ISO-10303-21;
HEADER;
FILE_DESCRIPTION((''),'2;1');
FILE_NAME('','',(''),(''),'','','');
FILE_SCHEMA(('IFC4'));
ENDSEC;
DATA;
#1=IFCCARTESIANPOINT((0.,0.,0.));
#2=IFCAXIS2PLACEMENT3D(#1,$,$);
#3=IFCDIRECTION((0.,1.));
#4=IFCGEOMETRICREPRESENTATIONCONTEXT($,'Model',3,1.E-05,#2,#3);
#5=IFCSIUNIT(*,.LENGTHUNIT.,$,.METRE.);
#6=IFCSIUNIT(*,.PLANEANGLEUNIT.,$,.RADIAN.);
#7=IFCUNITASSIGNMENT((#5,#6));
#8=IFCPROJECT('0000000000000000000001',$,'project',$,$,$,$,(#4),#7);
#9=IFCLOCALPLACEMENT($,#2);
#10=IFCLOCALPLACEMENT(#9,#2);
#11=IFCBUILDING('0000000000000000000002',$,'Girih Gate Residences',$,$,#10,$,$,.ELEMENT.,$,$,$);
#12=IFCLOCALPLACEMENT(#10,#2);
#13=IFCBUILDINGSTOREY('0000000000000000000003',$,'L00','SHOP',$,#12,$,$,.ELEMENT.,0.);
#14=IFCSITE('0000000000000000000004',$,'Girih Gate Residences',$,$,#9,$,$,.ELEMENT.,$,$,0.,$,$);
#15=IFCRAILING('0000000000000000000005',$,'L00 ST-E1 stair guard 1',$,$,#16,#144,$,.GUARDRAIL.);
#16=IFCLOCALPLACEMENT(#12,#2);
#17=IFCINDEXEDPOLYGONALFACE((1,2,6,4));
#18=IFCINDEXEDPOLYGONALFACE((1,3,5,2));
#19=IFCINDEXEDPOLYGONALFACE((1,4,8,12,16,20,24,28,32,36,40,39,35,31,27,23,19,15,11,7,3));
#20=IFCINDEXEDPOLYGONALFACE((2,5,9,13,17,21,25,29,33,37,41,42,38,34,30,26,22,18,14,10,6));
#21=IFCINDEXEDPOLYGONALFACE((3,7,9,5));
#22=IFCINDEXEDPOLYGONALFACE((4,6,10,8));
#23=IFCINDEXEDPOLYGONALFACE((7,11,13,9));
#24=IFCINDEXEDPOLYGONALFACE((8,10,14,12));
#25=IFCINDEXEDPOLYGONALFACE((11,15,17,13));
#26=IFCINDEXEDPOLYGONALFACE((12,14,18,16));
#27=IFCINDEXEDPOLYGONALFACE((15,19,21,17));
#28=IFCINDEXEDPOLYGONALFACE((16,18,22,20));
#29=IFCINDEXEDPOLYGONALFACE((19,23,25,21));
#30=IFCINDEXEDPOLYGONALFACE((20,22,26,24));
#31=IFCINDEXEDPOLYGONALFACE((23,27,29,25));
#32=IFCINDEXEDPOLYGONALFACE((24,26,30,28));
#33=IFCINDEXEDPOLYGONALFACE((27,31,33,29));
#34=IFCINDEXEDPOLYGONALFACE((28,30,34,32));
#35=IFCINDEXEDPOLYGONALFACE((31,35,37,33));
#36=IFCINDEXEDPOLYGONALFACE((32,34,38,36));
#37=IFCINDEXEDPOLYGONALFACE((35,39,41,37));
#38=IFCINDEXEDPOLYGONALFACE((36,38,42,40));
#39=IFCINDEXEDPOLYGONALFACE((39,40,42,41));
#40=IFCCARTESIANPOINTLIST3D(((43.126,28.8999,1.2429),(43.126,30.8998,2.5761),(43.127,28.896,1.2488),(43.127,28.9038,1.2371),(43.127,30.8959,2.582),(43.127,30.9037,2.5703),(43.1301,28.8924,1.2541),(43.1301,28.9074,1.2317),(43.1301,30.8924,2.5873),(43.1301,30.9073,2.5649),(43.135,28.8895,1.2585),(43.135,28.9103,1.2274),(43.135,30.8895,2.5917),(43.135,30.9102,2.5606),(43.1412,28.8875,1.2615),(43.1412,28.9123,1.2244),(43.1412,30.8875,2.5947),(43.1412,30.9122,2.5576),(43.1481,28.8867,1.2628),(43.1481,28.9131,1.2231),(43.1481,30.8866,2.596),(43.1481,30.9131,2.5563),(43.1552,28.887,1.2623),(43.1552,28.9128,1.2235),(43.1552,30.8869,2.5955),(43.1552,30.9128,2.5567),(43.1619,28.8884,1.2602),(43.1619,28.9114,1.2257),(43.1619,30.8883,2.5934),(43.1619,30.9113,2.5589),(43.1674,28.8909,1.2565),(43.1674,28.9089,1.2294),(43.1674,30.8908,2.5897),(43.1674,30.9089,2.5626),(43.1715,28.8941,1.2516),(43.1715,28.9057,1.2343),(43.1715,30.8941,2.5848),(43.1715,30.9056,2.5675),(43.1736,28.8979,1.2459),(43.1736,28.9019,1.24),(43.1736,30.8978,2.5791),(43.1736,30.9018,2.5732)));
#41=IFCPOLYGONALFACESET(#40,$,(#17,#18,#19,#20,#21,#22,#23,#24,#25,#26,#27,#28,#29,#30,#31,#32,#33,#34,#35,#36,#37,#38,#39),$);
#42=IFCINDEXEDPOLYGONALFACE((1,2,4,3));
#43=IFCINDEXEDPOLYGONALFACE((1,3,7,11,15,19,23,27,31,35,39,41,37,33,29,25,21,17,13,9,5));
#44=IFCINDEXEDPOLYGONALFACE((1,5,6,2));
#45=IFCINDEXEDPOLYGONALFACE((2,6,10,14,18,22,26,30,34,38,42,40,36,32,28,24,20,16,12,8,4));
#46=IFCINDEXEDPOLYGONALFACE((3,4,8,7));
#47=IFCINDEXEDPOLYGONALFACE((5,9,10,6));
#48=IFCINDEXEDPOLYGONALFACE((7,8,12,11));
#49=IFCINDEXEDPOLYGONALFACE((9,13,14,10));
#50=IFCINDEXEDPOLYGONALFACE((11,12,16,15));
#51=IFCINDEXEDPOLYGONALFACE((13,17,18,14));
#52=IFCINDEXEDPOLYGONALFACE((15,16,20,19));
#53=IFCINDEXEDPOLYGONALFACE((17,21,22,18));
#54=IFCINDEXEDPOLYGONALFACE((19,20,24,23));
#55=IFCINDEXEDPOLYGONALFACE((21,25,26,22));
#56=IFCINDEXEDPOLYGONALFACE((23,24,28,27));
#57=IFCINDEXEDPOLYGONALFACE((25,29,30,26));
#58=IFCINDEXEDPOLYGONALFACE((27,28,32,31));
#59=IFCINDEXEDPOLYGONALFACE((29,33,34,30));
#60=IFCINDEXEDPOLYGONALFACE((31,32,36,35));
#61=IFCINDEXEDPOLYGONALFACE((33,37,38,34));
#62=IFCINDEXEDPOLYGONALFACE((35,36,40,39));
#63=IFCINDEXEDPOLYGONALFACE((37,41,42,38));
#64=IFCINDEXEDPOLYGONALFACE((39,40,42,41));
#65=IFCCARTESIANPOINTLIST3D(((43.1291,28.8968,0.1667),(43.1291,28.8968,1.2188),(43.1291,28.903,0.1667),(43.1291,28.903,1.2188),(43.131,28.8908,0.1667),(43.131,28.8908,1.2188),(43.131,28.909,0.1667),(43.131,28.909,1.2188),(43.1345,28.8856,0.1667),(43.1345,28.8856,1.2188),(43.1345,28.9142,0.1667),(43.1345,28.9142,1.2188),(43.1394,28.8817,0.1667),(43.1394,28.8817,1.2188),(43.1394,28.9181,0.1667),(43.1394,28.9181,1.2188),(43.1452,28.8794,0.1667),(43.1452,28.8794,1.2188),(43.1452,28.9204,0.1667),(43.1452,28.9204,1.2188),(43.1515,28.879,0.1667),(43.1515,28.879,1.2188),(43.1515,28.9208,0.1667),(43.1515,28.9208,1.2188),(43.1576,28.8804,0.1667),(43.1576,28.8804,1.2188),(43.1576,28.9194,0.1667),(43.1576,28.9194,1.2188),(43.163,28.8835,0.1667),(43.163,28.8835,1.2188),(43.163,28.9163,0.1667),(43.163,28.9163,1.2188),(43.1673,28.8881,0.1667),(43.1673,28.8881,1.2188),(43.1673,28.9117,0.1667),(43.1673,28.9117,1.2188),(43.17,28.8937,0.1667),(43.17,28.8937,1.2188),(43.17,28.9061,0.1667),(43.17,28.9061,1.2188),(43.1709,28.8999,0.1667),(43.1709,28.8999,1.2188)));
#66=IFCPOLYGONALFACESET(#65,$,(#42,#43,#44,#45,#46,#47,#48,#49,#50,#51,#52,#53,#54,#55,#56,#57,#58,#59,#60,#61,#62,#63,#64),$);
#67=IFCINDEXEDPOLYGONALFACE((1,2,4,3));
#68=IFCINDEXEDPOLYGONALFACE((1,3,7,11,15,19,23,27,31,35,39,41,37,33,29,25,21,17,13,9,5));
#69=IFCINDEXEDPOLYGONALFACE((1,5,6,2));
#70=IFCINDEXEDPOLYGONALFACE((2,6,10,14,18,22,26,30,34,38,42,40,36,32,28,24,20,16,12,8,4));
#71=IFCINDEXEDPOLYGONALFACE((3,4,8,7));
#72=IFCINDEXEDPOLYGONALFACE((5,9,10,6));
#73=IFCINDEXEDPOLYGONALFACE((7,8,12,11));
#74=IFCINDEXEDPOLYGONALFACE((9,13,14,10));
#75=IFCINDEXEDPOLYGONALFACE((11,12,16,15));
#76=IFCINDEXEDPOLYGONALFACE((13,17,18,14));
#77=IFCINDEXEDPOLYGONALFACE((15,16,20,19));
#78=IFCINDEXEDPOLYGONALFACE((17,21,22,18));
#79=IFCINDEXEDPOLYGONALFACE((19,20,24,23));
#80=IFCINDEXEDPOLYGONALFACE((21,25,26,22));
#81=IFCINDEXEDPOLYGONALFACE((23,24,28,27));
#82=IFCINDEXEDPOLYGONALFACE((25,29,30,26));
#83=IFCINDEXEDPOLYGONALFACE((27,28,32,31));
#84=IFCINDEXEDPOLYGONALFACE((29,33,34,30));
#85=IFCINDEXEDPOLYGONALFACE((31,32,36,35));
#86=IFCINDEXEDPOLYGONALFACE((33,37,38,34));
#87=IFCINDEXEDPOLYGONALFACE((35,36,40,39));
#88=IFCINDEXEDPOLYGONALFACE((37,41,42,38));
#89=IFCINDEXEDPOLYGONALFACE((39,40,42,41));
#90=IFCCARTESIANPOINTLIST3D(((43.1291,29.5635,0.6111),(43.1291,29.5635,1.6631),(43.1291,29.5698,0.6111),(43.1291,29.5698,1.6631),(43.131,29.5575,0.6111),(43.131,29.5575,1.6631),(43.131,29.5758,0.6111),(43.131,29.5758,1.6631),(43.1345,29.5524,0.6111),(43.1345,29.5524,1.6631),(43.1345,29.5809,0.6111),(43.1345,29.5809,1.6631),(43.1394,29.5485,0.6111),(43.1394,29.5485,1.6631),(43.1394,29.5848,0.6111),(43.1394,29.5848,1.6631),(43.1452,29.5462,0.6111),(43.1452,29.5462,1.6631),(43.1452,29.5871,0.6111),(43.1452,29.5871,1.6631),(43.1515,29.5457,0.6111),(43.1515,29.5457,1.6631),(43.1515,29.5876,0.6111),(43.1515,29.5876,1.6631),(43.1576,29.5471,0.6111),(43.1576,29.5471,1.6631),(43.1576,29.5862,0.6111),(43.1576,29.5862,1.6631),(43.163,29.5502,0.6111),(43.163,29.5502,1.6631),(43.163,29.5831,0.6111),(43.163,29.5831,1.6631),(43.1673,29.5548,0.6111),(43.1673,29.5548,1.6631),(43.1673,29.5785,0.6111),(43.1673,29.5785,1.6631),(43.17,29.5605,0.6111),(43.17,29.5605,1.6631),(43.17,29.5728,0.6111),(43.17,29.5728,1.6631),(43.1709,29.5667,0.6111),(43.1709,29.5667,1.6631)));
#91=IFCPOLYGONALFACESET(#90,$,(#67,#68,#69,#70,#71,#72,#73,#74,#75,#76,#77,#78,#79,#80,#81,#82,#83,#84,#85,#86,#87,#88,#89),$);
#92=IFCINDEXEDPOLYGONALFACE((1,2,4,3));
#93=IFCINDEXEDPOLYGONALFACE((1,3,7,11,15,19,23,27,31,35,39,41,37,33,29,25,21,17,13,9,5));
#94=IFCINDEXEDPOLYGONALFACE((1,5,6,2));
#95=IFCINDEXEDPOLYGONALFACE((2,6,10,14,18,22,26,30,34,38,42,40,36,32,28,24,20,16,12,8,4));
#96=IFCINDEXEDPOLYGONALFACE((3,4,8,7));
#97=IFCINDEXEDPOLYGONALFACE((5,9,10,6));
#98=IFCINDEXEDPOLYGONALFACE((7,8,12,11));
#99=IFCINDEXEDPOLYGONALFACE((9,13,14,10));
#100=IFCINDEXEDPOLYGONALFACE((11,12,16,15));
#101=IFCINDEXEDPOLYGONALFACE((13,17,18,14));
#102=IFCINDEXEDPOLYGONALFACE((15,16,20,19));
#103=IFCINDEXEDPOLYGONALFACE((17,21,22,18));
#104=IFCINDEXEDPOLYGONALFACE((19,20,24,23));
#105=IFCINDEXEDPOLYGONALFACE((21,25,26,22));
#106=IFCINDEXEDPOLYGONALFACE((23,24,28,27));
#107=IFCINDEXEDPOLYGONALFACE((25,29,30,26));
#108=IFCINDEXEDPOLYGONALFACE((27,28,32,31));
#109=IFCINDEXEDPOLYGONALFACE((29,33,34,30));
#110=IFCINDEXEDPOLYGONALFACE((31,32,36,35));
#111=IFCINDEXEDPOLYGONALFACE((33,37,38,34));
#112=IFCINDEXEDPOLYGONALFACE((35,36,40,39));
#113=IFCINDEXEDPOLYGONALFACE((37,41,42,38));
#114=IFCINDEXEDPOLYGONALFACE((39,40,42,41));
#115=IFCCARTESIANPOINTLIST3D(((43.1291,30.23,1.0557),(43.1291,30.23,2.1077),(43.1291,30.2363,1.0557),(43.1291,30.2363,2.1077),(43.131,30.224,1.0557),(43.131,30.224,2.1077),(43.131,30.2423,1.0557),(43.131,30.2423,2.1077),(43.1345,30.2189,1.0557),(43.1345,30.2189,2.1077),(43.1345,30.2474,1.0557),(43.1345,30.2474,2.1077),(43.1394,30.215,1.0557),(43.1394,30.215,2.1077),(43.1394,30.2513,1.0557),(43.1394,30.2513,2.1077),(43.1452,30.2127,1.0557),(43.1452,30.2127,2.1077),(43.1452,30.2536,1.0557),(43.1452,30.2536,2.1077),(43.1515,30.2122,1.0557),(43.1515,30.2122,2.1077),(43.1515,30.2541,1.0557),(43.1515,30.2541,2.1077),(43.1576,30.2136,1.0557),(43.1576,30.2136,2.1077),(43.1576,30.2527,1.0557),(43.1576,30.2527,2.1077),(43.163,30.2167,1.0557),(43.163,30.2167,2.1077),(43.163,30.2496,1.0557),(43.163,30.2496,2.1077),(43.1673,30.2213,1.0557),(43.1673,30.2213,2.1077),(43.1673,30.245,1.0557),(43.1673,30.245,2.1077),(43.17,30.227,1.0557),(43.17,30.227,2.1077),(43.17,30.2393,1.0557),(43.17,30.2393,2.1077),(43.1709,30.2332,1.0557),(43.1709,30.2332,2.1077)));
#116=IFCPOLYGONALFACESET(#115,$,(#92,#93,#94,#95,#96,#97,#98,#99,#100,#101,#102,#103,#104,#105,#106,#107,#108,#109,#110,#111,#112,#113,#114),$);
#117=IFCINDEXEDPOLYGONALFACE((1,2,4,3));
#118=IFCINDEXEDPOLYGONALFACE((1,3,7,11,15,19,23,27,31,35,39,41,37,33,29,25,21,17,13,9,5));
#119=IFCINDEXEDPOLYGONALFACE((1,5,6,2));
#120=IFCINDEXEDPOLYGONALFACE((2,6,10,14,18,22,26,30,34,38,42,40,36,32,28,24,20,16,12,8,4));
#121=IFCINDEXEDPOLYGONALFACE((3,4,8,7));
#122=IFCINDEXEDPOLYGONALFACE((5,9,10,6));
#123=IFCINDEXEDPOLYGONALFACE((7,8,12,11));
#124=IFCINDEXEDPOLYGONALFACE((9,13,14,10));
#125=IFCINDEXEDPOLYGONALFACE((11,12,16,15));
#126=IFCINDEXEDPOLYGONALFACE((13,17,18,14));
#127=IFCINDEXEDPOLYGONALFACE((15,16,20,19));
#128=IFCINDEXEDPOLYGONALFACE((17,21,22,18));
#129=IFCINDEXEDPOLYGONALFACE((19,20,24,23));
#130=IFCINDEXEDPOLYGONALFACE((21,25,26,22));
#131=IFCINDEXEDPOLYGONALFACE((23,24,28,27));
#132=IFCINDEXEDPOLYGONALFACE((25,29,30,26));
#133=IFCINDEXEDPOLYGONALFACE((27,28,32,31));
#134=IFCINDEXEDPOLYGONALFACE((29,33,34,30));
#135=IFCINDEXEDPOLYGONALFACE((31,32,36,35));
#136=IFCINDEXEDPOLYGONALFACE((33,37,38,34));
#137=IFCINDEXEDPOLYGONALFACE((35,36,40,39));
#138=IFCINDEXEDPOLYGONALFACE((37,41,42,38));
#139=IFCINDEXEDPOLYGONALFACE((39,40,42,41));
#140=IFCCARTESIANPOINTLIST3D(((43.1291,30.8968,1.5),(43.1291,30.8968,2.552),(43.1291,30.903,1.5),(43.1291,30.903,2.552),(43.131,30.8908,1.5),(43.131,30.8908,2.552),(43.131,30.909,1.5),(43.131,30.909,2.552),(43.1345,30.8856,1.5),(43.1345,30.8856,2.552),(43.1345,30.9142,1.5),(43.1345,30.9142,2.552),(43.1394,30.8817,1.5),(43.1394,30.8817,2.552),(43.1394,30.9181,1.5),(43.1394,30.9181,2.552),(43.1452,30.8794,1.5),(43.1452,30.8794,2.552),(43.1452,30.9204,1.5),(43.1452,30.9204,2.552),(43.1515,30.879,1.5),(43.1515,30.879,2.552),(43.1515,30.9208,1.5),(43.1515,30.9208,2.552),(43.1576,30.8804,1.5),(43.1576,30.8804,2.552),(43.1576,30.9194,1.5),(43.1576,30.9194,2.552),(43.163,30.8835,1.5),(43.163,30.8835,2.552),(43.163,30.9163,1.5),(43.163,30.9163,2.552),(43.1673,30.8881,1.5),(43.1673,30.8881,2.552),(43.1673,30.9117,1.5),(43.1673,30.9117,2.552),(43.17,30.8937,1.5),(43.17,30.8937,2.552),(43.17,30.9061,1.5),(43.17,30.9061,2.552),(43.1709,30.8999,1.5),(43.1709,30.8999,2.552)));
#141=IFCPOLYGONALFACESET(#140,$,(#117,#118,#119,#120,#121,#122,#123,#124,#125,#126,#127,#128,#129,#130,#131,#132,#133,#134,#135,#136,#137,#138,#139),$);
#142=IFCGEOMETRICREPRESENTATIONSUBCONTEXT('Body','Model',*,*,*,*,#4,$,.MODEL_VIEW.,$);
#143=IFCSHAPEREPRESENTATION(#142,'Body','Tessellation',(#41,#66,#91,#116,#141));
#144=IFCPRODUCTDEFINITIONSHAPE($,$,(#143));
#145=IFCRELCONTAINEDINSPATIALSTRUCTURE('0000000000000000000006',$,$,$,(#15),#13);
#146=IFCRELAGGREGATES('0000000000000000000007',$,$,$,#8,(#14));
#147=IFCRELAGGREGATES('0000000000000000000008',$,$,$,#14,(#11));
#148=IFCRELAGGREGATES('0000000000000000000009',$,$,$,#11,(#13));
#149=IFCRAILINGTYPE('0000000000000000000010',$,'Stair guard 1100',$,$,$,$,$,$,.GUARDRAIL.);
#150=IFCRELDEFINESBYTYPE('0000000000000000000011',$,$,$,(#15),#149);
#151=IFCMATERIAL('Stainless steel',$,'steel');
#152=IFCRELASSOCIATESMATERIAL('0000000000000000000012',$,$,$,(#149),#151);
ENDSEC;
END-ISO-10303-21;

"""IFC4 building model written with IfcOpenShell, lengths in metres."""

from ifc_helpers import new_model, si_unit, direction, frame, origin, origin_2d, place, context, subcontext, project, spatial, circle, extrude, material, type_object, element, save


model = new_model("IFC4")

# Units and contexts
model_context = context("Model", 3, precision=1e-05, world=origin(), true_north=direction((0.0, 1.0)))
body_context = subcontext(model_context, "Body", "Model", "MODEL_VIEW")
ifc_project = project(units=[si_unit("LENGTHUNIT", "METRE"), si_unit("PLANEANGLEUNIT", "RADIAN")], contexts=[model_context])

# Site, building, storey
site_placement = place(None, origin())
site = spatial("IfcSite", under=ifc_project, at=site_placement, Name="Girih Gate Residences", CompositionType="ELEMENT", RefElevation=0.0)
building_placement = place(site_placement, origin())
building = spatial("IfcBuilding", under=site, at=building_placement, Name="Girih Gate Residences", CompositionType="ELEMENT")
storey_placement = place(building_placement, origin())
storey = spatial("IfcBuildingStorey", under=building, at=storey_placement, Name="L00", Description="SHOP", CompositionType="ELEMENT", Elevation=0.0)

# Railing
ifc_material_1 = material(Name="Stainless steel", Category="steel")
railing_type_1 = type_object("IfcRailingType", Name="Stair guard 1100", PredefinedType="GUARDRAIL", material=ifc_material_1)
railing_1_placement = place(storey_placement, frame((43.1499, 28.8999, 0.1667)))
element("IfcRailing", 1, at=railing_1_placement, inside=storey, type_object=railing_type_1, Name="L00 ST-E1 stair guard 1", PredefinedType="GUARDRAIL", context=body_context, shape_type="SweptSolid", body=[
    extrude(circle(Radius=0.0239, at=origin_2d()), frame((0.0, 0.0, 1.0762), z_axis=(0.0, 0.832066, 0.554677), x_axis=(-1.0, 0.0, 0.0)), (0.0, 0.0, 1.0), 2.4036),
    extrude(circle(Radius=0.021, at=origin_2d()), origin(), (0.0, 0.0, 1.0), 1.052),
    extrude(circle(Radius=0.021, at=origin_2d()), frame((0.0, 0.6667, 0.4443)), (0.0, 0.0, 1.0), 1.052),
    extrude(circle(Radius=0.021, at=origin_2d()), frame((0.0, 1.3333, 0.8889)), (0.0, 0.0, 1.0), 1.052),
    extrude(circle(Radius=0.021, at=origin_2d()), frame((0.0, 2.0, 1.3333)), (0.0, 0.0, 1.0), 1.052),
])

save(model, "model.ifc")
